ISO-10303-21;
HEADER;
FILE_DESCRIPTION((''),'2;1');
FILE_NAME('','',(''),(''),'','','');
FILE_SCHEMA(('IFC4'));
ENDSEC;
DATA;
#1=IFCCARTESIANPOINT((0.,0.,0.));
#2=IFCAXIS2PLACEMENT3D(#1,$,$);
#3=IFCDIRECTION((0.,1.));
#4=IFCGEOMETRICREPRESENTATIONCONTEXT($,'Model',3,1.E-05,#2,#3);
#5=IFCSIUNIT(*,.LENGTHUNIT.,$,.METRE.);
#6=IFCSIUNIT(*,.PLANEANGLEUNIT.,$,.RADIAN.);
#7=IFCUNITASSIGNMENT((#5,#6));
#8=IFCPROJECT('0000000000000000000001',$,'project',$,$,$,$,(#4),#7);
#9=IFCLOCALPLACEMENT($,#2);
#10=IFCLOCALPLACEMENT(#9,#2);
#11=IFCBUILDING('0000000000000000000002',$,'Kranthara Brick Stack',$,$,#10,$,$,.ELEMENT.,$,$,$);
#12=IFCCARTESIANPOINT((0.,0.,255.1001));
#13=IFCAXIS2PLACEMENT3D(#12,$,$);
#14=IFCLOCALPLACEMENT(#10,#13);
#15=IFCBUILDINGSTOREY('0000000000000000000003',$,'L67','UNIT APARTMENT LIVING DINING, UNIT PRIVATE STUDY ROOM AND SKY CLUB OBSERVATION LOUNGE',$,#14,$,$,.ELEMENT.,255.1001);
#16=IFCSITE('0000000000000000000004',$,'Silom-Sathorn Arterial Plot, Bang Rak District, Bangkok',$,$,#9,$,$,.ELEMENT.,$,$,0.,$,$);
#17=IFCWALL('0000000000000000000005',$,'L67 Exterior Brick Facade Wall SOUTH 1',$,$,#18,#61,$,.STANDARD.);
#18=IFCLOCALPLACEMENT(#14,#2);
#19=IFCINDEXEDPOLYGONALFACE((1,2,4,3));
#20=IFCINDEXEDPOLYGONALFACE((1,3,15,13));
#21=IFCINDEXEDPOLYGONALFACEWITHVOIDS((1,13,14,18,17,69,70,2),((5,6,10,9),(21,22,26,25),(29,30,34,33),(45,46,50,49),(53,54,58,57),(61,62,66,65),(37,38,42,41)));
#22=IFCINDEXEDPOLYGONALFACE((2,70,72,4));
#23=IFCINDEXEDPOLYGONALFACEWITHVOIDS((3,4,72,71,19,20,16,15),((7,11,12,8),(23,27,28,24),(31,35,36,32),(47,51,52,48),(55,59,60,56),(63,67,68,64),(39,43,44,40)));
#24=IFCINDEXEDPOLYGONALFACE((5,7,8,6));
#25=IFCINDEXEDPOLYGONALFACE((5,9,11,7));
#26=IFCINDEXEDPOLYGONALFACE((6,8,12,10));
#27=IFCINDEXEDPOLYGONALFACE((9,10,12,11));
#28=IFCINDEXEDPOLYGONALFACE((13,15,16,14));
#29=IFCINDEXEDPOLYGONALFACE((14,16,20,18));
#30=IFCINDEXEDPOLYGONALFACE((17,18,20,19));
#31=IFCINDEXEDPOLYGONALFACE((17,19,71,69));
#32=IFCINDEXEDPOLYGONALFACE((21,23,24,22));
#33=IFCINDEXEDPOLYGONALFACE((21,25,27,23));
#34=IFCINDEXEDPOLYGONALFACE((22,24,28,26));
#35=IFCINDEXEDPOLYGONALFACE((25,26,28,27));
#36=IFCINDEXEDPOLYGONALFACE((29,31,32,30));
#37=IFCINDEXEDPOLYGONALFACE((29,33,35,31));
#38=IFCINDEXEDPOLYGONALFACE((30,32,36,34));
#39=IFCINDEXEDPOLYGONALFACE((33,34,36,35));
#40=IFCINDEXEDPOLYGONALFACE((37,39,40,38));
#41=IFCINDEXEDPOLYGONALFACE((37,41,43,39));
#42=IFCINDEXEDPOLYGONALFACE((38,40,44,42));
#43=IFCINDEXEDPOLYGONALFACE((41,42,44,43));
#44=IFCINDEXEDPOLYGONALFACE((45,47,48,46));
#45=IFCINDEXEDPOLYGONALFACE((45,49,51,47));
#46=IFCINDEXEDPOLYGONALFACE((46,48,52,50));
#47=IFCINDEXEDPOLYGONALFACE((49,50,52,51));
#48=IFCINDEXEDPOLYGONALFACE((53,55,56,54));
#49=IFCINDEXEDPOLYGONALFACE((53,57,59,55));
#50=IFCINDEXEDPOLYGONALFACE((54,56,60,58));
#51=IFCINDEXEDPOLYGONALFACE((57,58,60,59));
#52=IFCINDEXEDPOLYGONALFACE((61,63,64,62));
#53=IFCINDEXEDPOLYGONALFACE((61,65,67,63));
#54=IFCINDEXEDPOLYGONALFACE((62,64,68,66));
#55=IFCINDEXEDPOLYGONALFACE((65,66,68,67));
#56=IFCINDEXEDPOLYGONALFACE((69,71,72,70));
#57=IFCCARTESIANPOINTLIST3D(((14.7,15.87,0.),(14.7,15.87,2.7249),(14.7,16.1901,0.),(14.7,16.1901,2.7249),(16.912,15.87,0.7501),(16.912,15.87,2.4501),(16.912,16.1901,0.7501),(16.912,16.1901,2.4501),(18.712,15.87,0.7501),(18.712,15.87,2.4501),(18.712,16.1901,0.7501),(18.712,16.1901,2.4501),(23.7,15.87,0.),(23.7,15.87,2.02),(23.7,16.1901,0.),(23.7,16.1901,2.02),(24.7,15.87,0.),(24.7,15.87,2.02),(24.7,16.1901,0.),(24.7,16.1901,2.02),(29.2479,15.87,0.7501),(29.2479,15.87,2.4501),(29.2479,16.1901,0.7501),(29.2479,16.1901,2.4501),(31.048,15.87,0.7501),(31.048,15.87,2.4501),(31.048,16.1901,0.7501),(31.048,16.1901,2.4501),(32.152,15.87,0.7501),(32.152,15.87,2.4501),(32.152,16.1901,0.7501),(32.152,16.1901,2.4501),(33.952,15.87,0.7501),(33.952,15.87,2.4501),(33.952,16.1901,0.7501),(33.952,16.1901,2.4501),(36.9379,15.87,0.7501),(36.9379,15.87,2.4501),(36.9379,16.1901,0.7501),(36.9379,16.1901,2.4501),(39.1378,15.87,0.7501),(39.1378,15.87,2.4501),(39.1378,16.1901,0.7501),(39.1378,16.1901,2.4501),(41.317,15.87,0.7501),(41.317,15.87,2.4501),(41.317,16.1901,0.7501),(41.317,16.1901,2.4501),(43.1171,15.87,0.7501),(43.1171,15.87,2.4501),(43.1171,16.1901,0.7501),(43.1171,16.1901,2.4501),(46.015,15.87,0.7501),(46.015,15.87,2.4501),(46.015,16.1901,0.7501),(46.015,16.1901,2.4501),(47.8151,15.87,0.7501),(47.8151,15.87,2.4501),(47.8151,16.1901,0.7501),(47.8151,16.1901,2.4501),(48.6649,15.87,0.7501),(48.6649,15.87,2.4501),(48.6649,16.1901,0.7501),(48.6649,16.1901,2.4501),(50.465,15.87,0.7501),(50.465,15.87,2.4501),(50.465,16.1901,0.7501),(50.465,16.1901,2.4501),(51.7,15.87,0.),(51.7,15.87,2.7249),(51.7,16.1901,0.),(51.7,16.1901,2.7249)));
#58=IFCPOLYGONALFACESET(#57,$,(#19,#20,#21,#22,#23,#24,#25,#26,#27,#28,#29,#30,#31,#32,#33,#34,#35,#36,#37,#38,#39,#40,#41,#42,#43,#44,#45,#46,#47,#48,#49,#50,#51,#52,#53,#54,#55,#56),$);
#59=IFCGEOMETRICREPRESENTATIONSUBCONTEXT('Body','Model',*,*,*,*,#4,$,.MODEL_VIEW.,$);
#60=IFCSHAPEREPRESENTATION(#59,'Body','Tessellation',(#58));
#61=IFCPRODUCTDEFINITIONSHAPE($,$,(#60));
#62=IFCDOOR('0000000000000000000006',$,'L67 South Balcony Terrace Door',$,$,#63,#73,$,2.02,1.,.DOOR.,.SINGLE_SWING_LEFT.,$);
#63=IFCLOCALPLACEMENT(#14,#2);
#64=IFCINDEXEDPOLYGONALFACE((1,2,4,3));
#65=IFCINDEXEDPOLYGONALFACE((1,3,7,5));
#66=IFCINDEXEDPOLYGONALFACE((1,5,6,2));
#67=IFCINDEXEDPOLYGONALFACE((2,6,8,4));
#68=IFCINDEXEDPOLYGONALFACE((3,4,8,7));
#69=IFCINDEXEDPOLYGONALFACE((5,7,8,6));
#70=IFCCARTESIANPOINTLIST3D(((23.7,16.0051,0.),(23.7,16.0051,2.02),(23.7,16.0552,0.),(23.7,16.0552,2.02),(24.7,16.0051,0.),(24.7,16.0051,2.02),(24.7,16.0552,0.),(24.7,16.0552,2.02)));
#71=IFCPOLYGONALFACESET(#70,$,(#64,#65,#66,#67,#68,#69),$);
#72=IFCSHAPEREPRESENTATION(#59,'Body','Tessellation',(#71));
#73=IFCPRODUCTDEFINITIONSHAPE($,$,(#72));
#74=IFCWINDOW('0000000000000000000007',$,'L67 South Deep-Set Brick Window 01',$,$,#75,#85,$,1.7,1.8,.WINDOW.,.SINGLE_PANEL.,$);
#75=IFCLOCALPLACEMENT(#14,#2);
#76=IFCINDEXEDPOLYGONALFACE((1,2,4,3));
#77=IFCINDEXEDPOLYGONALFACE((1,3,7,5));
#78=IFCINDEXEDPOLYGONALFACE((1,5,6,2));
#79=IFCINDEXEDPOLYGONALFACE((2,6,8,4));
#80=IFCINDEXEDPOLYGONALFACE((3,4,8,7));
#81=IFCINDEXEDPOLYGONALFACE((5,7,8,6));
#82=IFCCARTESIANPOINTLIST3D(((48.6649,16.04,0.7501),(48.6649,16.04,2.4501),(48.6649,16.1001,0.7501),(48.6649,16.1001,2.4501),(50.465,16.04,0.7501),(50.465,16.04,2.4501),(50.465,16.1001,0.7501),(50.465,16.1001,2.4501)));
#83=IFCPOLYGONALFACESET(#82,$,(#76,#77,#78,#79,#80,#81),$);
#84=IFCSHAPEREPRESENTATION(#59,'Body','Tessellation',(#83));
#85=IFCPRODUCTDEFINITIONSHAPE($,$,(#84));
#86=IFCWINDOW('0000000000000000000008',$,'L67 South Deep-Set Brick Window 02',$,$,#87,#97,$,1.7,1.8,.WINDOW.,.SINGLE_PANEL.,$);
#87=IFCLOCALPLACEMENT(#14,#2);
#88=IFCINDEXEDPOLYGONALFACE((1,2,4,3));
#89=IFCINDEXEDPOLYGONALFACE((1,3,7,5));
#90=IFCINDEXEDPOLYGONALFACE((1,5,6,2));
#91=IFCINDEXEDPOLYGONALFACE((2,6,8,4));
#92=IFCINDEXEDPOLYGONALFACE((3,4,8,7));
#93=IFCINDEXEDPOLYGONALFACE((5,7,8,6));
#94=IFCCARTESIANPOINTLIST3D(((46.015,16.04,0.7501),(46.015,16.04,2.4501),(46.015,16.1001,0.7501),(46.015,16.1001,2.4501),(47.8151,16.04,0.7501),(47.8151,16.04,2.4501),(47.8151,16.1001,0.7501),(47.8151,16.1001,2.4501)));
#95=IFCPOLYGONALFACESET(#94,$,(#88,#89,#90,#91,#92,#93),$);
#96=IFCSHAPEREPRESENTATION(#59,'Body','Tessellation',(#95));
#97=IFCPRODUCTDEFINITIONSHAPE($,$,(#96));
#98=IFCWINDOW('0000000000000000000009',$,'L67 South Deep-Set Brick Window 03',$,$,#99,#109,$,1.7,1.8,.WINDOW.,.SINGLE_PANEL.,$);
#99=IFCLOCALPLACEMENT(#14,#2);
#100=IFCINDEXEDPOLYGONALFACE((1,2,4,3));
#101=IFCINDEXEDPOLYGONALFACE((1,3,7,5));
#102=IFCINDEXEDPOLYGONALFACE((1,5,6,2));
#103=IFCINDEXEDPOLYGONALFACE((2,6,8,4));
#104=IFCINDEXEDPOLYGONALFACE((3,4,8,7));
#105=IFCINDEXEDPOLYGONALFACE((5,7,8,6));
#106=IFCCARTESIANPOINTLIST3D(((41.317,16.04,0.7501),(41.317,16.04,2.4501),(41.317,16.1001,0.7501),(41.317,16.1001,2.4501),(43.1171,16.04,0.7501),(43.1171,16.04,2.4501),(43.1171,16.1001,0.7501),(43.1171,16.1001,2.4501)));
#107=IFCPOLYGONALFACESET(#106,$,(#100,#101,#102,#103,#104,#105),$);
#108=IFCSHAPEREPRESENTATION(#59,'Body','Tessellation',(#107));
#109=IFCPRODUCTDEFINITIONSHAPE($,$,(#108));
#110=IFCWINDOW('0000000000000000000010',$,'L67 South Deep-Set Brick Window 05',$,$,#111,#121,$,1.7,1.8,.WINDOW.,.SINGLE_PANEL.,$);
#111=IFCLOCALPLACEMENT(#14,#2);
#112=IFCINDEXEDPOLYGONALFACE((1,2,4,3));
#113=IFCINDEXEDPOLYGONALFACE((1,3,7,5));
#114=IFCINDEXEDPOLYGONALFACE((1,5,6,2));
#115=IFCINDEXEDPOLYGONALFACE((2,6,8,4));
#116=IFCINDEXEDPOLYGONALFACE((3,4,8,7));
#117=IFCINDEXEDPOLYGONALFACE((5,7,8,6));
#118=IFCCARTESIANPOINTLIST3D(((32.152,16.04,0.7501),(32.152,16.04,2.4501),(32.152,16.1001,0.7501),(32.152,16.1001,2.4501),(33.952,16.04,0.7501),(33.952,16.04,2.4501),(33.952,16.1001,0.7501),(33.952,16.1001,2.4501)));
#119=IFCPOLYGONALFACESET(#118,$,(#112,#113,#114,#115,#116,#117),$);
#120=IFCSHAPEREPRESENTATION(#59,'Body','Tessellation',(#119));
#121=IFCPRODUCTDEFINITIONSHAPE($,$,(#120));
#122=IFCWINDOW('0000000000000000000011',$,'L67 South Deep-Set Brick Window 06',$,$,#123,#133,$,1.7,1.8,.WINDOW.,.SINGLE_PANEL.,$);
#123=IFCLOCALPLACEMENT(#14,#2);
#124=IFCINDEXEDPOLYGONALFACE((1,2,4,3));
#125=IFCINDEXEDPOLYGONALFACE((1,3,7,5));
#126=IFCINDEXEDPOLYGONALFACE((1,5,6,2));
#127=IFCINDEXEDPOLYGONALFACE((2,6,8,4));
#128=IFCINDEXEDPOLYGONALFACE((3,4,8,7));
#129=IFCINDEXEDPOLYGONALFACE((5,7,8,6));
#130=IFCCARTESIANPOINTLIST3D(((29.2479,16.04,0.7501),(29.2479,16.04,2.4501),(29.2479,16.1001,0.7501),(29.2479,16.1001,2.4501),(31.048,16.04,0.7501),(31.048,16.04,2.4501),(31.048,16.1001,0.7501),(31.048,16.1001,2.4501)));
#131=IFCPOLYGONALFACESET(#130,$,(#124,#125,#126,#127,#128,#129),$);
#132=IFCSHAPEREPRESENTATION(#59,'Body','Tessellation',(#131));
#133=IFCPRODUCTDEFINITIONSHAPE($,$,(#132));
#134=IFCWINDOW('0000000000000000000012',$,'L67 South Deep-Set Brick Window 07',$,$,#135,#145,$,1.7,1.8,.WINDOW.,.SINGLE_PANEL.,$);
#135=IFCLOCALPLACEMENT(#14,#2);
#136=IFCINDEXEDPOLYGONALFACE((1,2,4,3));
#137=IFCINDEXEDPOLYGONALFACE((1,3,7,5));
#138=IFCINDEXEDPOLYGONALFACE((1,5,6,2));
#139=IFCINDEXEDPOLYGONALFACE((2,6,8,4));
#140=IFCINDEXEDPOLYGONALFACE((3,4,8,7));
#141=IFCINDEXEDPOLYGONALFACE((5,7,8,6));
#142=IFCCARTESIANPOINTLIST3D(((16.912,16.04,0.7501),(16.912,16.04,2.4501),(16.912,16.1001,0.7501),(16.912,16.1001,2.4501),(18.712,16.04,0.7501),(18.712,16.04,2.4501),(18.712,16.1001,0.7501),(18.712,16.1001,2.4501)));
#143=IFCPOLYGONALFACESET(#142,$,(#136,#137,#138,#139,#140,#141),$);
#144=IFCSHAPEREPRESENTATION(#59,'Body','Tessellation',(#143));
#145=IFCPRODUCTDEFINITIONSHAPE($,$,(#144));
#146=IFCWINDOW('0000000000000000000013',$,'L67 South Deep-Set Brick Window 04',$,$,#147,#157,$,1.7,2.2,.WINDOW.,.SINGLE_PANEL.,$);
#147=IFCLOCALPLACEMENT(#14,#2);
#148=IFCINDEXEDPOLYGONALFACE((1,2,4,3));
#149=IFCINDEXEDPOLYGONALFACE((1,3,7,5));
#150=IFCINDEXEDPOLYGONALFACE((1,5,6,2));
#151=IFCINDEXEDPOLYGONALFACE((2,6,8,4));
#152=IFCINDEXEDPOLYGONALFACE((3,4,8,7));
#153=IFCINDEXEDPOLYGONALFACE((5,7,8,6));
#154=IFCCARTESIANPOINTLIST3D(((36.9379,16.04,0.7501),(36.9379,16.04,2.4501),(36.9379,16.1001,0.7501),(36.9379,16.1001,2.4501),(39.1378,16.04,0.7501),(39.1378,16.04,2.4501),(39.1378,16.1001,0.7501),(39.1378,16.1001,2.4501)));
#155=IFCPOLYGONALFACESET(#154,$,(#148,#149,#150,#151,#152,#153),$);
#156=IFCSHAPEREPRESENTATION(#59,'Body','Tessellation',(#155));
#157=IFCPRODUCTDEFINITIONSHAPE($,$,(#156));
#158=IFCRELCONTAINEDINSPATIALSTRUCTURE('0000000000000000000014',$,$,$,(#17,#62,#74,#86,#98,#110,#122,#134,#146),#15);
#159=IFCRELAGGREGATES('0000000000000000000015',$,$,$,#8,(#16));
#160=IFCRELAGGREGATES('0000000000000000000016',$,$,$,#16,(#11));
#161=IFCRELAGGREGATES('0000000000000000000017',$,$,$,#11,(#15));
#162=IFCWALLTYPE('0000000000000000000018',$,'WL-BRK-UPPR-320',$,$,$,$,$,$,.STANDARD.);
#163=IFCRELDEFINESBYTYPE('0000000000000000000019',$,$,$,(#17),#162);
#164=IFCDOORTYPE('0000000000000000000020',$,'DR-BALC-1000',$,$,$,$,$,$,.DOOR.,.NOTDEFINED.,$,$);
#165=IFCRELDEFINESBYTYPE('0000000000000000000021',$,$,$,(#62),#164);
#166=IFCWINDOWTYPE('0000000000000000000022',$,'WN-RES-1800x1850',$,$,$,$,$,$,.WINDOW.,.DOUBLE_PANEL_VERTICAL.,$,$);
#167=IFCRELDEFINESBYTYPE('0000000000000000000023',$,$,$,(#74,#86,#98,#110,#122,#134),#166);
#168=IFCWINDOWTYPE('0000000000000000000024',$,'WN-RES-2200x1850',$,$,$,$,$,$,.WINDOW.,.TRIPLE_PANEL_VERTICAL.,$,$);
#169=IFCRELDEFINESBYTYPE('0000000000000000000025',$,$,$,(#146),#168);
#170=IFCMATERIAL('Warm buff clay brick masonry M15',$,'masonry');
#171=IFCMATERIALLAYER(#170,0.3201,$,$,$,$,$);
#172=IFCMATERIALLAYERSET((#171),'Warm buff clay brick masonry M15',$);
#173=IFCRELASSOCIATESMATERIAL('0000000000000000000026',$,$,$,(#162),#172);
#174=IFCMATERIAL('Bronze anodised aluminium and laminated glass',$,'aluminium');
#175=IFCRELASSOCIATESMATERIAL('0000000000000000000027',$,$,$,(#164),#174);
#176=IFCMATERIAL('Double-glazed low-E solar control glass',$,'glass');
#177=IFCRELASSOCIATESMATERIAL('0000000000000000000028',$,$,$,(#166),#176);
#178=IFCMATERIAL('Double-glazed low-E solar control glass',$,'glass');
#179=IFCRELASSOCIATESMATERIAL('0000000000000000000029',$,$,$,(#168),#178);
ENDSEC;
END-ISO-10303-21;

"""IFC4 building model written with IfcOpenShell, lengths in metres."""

from ifc_helpers import new_model, si_unit, direction, frame, frame_2d, origin, place, context, subcontext, project, spatial, rectangle, extrude, material, layer, layer_set, type_object, element, fill, save


model = new_model("IFC4")

# Units and contexts
model_context = context("Model", 3, precision=1e-05, world=origin(), true_north=direction((0.0, 1.0)))
body_context = subcontext(model_context, "Body", "Model", "MODEL_VIEW")
ifc_project = project(units=[si_unit("LENGTHUNIT", "METRE"), si_unit("PLANEANGLEUNIT", "RADIAN")], contexts=[model_context])

# Site, building, storey
site_placement = place(None, origin())
site = spatial("IfcSite", under=ifc_project, at=site_placement, Name="Silom-Sathorn Arterial Plot, Bang Rak District, Bangkok", CompositionType="ELEMENT", RefElevation=0.0)
building_placement = place(site_placement, origin())
building = spatial("IfcBuilding", under=site, at=building_placement, Name="Kranthara Brick Stack", CompositionType="ELEMENT")
storey_placement = place(building_placement, frame((0.0, 0.0, 255.1001)))
storey = spatial("IfcBuildingStorey", under=building, at=storey_placement, Name="L67", Description="UNIT APARTMENT LIVING DINING, UNIT PRIVATE STUDY ROOM AND SKY CLUB OBSERVATION LOUNGE", CompositionType="ELEMENT", Elevation=255.1001)

# Wall, openings, door, windows
ifc_material_1 = material(Name="Warm buff clay brick masonry M15", Category="masonry")
ifc_layer_1 = layer(ifc_material_1, 0.3201)
ifc_layer_set_1 = layer_set([ifc_layer_1], Name="Warm buff clay brick masonry M15")
wall_type_1 = type_object("IfcWallType", Name="WL-BRK-UPPR-320", PredefinedType="STANDARD", material=ifc_layer_set_1)
wall_1_placement = place(storey_placement, frame((51.7, 16.03, 0.0), z_axis=(0.0, 0.0, 1.0), x_axis=(-1.0, 0.0, 0.0)))
wall_1 = element("IfcWall", 1, at=wall_1_placement, inside=storey, type_object=wall_type_1, Name="L67 Exterior Brick Facade Wall SOUTH 1", PredefinedType="STANDARD", context=body_context, shape_type="SweptSolid", body=[
    extrude(rectangle(XDim=37.0, YDim=0.3201, at=frame_2d((18.5, 0.0))), origin(), (0.0, 0.0, 1.0), 2.7249),
])
opening_1_placement = place(wall_1_placement, frame((27.0, 0.0, 0.0)))
opening_1 = element("IfcOpeningElement", 2, at=opening_1_placement, cuts=wall_1, PredefinedType="OPENING", context=body_context, shape_type="SweptSolid", body=[
    extrude(rectangle(XDim=1.0, YDim=2.02, at=frame_2d((0.5, 1.01))), frame((0.0, 0.1699, 0.0), z_axis=(0.0, -1.0, 0.0), x_axis=(1.0, 0.0, 0.0)), (0.0, 0.0, 1.0), 0.3401),
])
opening_2_placement = place(wall_1_placement, frame((1.2351, 0.0, 0.75)))
opening_2 = element("IfcOpeningElement", 3, at=opening_2_placement, cuts=wall_1, PredefinedType="OPENING", context=body_context, shape_type="SweptSolid", body=[
    extrude(rectangle(XDim=1.8, YDim=1.7, at=frame_2d((0.8999, 0.8501))), frame((0.0, 0.1699, 0.0), z_axis=(0.0, -1.0, 0.0), x_axis=(1.0, 0.0, 0.0)), (0.0, 0.0, 1.0), 0.3401),
])
opening_3_placement = place(wall_1_placement, frame((3.885, 0.0, 0.75)))
opening_3 = element("IfcOpeningElement", 4, at=opening_3_placement, cuts=wall_1, PredefinedType="OPENING", context=body_context, shape_type="SweptSolid", body=[
    extrude(rectangle(XDim=1.8, YDim=1.7, at=frame_2d((0.8999, 0.8501))), frame((0.0, 0.1699, 0.0), z_axis=(0.0, -1.0, 0.0), x_axis=(1.0, 0.0, 0.0)), (0.0, 0.0, 1.0), 0.3401),
])
opening_4_placement = place(wall_1_placement, frame((8.583, 0.0, 0.75)))
opening_4 = element("IfcOpeningElement", 5, at=opening_4_placement, cuts=wall_1, PredefinedType="OPENING", context=body_context, shape_type="SweptSolid", body=[
    extrude(rectangle(XDim=1.8, YDim=1.7, at=frame_2d((0.8999, 0.8501))), frame((0.0, 0.1699, 0.0), z_axis=(0.0, -1.0, 0.0), x_axis=(1.0, 0.0, 0.0)), (0.0, 0.0, 1.0), 0.3401),
])
opening_5_placement = place(wall_1_placement, frame((12.562, 0.0, 0.75)))
opening_5 = element("IfcOpeningElement", 6, at=opening_5_placement, cuts=wall_1, PredefinedType="OPENING", context=body_context, shape_type="SweptSolid", body=[
    extrude(rectangle(XDim=2.2, YDim=1.7, at=frame_2d((1.1001, 0.8501))), frame((0.0, 0.1699, 0.0), z_axis=(0.0, -1.0, 0.0), x_axis=(1.0, 0.0, 0.0)), (0.0, 0.0, 1.0), 0.3401),
])
opening_6_placement = place(wall_1_placement, frame((17.748, 0.0, 0.75)))
opening_6 = element("IfcOpeningElement", 7, at=opening_6_placement, cuts=wall_1, PredefinedType="OPENING", context=body_context, shape_type="SweptSolid", body=[
    extrude(rectangle(XDim=1.8, YDim=1.7, at=frame_2d((0.8999, 0.8501))), frame((0.0, 0.1699, 0.0), z_axis=(0.0, -1.0, 0.0), x_axis=(1.0, 0.0, 0.0)), (0.0, 0.0, 1.0), 0.3401),
])
opening_7_placement = place(wall_1_placement, frame((20.6521, 0.0, 0.75)))
opening_7 = element("IfcOpeningElement", 8, at=opening_7_placement, cuts=wall_1, PredefinedType="OPENING", context=body_context, shape_type="SweptSolid", body=[
    extrude(rectangle(XDim=1.8, YDim=1.7, at=frame_2d((0.8999, 0.8501))), frame((0.0, 0.1699, 0.0), z_axis=(0.0, -1.0, 0.0), x_axis=(1.0, 0.0, 0.0)), (0.0, 0.0, 1.0), 0.3401),
])
opening_8_placement = place(wall_1_placement, frame((32.988, 0.0, 0.75)))
opening_8 = element("IfcOpeningElement", 9, at=opening_8_placement, cuts=wall_1, PredefinedType="OPENING", context=body_context, shape_type="SweptSolid", body=[
    extrude(rectangle(XDim=1.8, YDim=1.7, at=frame_2d((0.8999, 0.8501))), frame((0.0, 0.1699, 0.0), z_axis=(0.0, -1.0, 0.0), x_axis=(1.0, 0.0, 0.0)), (0.0, 0.0, 1.0), 0.3401),
])
ifc_material_2 = material(Name="Bronze anodised aluminium and laminated glass", Category="aluminium")
door_type_1 = type_object("IfcDoorType", Name="DR-BALC-1000", OperationType="NOTDEFINED", PredefinedType="DOOR", material=ifc_material_2)
door_1_placement = place(opening_1_placement, origin())
door_1 = element("IfcDoor", 10, at=door_1_placement, inside=storey, type_object=door_type_1, Name="L67 South Balcony Terrace Door", OperationType="SINGLE_SWING_LEFT", OverallHeight=2.02, OverallWidth=1.0, PredefinedType="DOOR", context=body_context, shape_type="SweptSolid", body=[
    extrude(rectangle(XDim=1.0, YDim=2.02, at=frame_2d((0.5, 1.01))), frame((0.0, 0.0249, 0.0), z_axis=(0.0, -1.0, 0.0), x_axis=(1.0, 0.0, 0.0)), (0.0, 0.0, 1.0), 0.05),
])
fill(opening_1, door_1)
ifc_material_3 = material(Name="Double-glazed low-E solar control glass", Category="glass")
window_type_1 = type_object("IfcWindowType", Name="WN-RES-1800x1850", PartitioningType="DOUBLE_PANEL_VERTICAL", PredefinedType="WINDOW", material=ifc_material_3)
window_1_placement = place(opening_2_placement, origin())
window_1 = element("IfcWindow", 11, at=window_1_placement, inside=storey, type_object=window_type_1, Name="L67 South Deep-Set Brick Window 01", OverallHeight=1.7, OverallWidth=1.8, PartitioningType="SINGLE_PANEL", PredefinedType="WINDOW", context=body_context, shape_type="SweptSolid", body=[
    extrude(rectangle(XDim=1.8, YDim=1.7, at=frame_2d((0.8999, 0.8501))), frame((0.0, -0.01, 0.0), z_axis=(0.0, -1.0, 0.0), x_axis=(1.0, 0.0, 0.0)), (0.0, 0.0, 1.0), 0.0601),
])
fill(opening_2, window_1)
window_2_placement = place(opening_3_placement, origin())
window_2 = element("IfcWindow", 12, at=window_2_placement, inside=storey, type_object=window_type_1, Name="L67 South Deep-Set Brick Window 02", OverallHeight=1.7, OverallWidth=1.8, PartitioningType="SINGLE_PANEL", PredefinedType="WINDOW", context=body_context, shape_type="SweptSolid", body=[
    extrude(rectangle(XDim=1.8, YDim=1.7, at=frame_2d((0.8999, 0.8501))), frame((0.0, -0.01, 0.0), z_axis=(0.0, -1.0, 0.0), x_axis=(1.0, 0.0, 0.0)), (0.0, 0.0, 1.0), 0.0601),
])
fill(opening_3, window_2)
window_3_placement = place(opening_4_placement, origin())
window_3 = element("IfcWindow", 13, at=window_3_placement, inside=storey, type_object=window_type_1, Name="L67 South Deep-Set Brick Window 03", OverallHeight=1.7, OverallWidth=1.8, PartitioningType="SINGLE_PANEL", PredefinedType="WINDOW", context=body_context, shape_type="SweptSolid", body=[
    extrude(rectangle(XDim=1.8, YDim=1.7, at=frame_2d((0.8999, 0.8501))), frame((0.0, -0.01, 0.0), z_axis=(0.0, -1.0, 0.0), x_axis=(1.0, 0.0, 0.0)), (0.0, 0.0, 1.0), 0.0601),
])
fill(opening_4, window_3)
window_4_placement = place(opening_6_placement, origin())
window_4 = element("IfcWindow", 14, at=window_4_placement, inside=storey, type_object=window_type_1, Name="L67 South Deep-Set Brick Window 05", OverallHeight=1.7, OverallWidth=1.8, PartitioningType="SINGLE_PANEL", PredefinedType="WINDOW", context=body_context, shape_type="SweptSolid", body=[
    extrude(rectangle(XDim=1.8, YDim=1.7, at=frame_2d((0.8999, 0.8501))), frame((0.0, -0.01, 0.0), z_axis=(0.0, -1.0, 0.0), x_axis=(1.0, 0.0, 0.0)), (0.0, 0.0, 1.0), 0.0601),
])
fill(opening_6, window_4)
window_5_placement = place(opening_7_placement, origin())
window_5 = element("IfcWindow", 15, at=window_5_placement, inside=storey, type_object=window_type_1, Name="L67 South Deep-Set Brick Window 06", OverallHeight=1.7, OverallWidth=1.8, PartitioningType="SINGLE_PANEL", PredefinedType="WINDOW", context=body_context, shape_type="SweptSolid", body=[
    extrude(rectangle(XDim=1.8, YDim=1.7, at=frame_2d((0.8999, 0.8501))), frame((0.0, -0.01, 0.0), z_axis=(0.0, -1.0, 0.0), x_axis=(1.0, 0.0, 0.0)), (0.0, 0.0, 1.0), 0.0601),
])
fill(opening_7, window_5)
window_6_placement = place(opening_8_placement, origin())
window_6 = element("IfcWindow", 16, at=window_6_placement, inside=storey, type_object=window_type_1, Name="L67 South Deep-Set Brick Window 07", OverallHeight=1.7, OverallWidth=1.8, PartitioningType="SINGLE_PANEL", PredefinedType="WINDOW", context=body_context, shape_type="SweptSolid", body=[
    extrude(rectangle(XDim=1.8, YDim=1.7, at=frame_2d((0.8999, 0.8501))), frame((0.0, -0.01, 0.0), z_axis=(0.0, -1.0, 0.0), x_axis=(1.0, 0.0, 0.0)), (0.0, 0.0, 1.0), 0.0601),
])
fill(opening_8, window_6)
ifc_material_4 = material(Name="Double-glazed low-E solar control glass", Category="glass")
window_type_2 = type_object("IfcWindowType", Name="WN-RES-2200x1850", PartitioningType="TRIPLE_PANEL_VERTICAL", PredefinedType="WINDOW", material=ifc_material_4)
window_7_placement = place(opening_5_placement, origin())
window_7 = element("IfcWindow", 17, at=window_7_placement, inside=storey, type_object=window_type_2, Name="L67 South Deep-Set Brick Window 04", OverallHeight=1.7, OverallWidth=2.2, PartitioningType="SINGLE_PANEL", PredefinedType="WINDOW", context=body_context, shape_type="SweptSolid", body=[
    extrude(rectangle(XDim=2.2, YDim=1.7, at=frame_2d((1.1001, 0.8501))), frame((0.0, -0.01, 0.0), z_axis=(0.0, -1.0, 0.0), x_axis=(1.0, 0.0, 0.0)), (0.0, 0.0, 1.0), 0.0601),
])
fill(opening_5, window_7)

save(model, "model.ifc")
